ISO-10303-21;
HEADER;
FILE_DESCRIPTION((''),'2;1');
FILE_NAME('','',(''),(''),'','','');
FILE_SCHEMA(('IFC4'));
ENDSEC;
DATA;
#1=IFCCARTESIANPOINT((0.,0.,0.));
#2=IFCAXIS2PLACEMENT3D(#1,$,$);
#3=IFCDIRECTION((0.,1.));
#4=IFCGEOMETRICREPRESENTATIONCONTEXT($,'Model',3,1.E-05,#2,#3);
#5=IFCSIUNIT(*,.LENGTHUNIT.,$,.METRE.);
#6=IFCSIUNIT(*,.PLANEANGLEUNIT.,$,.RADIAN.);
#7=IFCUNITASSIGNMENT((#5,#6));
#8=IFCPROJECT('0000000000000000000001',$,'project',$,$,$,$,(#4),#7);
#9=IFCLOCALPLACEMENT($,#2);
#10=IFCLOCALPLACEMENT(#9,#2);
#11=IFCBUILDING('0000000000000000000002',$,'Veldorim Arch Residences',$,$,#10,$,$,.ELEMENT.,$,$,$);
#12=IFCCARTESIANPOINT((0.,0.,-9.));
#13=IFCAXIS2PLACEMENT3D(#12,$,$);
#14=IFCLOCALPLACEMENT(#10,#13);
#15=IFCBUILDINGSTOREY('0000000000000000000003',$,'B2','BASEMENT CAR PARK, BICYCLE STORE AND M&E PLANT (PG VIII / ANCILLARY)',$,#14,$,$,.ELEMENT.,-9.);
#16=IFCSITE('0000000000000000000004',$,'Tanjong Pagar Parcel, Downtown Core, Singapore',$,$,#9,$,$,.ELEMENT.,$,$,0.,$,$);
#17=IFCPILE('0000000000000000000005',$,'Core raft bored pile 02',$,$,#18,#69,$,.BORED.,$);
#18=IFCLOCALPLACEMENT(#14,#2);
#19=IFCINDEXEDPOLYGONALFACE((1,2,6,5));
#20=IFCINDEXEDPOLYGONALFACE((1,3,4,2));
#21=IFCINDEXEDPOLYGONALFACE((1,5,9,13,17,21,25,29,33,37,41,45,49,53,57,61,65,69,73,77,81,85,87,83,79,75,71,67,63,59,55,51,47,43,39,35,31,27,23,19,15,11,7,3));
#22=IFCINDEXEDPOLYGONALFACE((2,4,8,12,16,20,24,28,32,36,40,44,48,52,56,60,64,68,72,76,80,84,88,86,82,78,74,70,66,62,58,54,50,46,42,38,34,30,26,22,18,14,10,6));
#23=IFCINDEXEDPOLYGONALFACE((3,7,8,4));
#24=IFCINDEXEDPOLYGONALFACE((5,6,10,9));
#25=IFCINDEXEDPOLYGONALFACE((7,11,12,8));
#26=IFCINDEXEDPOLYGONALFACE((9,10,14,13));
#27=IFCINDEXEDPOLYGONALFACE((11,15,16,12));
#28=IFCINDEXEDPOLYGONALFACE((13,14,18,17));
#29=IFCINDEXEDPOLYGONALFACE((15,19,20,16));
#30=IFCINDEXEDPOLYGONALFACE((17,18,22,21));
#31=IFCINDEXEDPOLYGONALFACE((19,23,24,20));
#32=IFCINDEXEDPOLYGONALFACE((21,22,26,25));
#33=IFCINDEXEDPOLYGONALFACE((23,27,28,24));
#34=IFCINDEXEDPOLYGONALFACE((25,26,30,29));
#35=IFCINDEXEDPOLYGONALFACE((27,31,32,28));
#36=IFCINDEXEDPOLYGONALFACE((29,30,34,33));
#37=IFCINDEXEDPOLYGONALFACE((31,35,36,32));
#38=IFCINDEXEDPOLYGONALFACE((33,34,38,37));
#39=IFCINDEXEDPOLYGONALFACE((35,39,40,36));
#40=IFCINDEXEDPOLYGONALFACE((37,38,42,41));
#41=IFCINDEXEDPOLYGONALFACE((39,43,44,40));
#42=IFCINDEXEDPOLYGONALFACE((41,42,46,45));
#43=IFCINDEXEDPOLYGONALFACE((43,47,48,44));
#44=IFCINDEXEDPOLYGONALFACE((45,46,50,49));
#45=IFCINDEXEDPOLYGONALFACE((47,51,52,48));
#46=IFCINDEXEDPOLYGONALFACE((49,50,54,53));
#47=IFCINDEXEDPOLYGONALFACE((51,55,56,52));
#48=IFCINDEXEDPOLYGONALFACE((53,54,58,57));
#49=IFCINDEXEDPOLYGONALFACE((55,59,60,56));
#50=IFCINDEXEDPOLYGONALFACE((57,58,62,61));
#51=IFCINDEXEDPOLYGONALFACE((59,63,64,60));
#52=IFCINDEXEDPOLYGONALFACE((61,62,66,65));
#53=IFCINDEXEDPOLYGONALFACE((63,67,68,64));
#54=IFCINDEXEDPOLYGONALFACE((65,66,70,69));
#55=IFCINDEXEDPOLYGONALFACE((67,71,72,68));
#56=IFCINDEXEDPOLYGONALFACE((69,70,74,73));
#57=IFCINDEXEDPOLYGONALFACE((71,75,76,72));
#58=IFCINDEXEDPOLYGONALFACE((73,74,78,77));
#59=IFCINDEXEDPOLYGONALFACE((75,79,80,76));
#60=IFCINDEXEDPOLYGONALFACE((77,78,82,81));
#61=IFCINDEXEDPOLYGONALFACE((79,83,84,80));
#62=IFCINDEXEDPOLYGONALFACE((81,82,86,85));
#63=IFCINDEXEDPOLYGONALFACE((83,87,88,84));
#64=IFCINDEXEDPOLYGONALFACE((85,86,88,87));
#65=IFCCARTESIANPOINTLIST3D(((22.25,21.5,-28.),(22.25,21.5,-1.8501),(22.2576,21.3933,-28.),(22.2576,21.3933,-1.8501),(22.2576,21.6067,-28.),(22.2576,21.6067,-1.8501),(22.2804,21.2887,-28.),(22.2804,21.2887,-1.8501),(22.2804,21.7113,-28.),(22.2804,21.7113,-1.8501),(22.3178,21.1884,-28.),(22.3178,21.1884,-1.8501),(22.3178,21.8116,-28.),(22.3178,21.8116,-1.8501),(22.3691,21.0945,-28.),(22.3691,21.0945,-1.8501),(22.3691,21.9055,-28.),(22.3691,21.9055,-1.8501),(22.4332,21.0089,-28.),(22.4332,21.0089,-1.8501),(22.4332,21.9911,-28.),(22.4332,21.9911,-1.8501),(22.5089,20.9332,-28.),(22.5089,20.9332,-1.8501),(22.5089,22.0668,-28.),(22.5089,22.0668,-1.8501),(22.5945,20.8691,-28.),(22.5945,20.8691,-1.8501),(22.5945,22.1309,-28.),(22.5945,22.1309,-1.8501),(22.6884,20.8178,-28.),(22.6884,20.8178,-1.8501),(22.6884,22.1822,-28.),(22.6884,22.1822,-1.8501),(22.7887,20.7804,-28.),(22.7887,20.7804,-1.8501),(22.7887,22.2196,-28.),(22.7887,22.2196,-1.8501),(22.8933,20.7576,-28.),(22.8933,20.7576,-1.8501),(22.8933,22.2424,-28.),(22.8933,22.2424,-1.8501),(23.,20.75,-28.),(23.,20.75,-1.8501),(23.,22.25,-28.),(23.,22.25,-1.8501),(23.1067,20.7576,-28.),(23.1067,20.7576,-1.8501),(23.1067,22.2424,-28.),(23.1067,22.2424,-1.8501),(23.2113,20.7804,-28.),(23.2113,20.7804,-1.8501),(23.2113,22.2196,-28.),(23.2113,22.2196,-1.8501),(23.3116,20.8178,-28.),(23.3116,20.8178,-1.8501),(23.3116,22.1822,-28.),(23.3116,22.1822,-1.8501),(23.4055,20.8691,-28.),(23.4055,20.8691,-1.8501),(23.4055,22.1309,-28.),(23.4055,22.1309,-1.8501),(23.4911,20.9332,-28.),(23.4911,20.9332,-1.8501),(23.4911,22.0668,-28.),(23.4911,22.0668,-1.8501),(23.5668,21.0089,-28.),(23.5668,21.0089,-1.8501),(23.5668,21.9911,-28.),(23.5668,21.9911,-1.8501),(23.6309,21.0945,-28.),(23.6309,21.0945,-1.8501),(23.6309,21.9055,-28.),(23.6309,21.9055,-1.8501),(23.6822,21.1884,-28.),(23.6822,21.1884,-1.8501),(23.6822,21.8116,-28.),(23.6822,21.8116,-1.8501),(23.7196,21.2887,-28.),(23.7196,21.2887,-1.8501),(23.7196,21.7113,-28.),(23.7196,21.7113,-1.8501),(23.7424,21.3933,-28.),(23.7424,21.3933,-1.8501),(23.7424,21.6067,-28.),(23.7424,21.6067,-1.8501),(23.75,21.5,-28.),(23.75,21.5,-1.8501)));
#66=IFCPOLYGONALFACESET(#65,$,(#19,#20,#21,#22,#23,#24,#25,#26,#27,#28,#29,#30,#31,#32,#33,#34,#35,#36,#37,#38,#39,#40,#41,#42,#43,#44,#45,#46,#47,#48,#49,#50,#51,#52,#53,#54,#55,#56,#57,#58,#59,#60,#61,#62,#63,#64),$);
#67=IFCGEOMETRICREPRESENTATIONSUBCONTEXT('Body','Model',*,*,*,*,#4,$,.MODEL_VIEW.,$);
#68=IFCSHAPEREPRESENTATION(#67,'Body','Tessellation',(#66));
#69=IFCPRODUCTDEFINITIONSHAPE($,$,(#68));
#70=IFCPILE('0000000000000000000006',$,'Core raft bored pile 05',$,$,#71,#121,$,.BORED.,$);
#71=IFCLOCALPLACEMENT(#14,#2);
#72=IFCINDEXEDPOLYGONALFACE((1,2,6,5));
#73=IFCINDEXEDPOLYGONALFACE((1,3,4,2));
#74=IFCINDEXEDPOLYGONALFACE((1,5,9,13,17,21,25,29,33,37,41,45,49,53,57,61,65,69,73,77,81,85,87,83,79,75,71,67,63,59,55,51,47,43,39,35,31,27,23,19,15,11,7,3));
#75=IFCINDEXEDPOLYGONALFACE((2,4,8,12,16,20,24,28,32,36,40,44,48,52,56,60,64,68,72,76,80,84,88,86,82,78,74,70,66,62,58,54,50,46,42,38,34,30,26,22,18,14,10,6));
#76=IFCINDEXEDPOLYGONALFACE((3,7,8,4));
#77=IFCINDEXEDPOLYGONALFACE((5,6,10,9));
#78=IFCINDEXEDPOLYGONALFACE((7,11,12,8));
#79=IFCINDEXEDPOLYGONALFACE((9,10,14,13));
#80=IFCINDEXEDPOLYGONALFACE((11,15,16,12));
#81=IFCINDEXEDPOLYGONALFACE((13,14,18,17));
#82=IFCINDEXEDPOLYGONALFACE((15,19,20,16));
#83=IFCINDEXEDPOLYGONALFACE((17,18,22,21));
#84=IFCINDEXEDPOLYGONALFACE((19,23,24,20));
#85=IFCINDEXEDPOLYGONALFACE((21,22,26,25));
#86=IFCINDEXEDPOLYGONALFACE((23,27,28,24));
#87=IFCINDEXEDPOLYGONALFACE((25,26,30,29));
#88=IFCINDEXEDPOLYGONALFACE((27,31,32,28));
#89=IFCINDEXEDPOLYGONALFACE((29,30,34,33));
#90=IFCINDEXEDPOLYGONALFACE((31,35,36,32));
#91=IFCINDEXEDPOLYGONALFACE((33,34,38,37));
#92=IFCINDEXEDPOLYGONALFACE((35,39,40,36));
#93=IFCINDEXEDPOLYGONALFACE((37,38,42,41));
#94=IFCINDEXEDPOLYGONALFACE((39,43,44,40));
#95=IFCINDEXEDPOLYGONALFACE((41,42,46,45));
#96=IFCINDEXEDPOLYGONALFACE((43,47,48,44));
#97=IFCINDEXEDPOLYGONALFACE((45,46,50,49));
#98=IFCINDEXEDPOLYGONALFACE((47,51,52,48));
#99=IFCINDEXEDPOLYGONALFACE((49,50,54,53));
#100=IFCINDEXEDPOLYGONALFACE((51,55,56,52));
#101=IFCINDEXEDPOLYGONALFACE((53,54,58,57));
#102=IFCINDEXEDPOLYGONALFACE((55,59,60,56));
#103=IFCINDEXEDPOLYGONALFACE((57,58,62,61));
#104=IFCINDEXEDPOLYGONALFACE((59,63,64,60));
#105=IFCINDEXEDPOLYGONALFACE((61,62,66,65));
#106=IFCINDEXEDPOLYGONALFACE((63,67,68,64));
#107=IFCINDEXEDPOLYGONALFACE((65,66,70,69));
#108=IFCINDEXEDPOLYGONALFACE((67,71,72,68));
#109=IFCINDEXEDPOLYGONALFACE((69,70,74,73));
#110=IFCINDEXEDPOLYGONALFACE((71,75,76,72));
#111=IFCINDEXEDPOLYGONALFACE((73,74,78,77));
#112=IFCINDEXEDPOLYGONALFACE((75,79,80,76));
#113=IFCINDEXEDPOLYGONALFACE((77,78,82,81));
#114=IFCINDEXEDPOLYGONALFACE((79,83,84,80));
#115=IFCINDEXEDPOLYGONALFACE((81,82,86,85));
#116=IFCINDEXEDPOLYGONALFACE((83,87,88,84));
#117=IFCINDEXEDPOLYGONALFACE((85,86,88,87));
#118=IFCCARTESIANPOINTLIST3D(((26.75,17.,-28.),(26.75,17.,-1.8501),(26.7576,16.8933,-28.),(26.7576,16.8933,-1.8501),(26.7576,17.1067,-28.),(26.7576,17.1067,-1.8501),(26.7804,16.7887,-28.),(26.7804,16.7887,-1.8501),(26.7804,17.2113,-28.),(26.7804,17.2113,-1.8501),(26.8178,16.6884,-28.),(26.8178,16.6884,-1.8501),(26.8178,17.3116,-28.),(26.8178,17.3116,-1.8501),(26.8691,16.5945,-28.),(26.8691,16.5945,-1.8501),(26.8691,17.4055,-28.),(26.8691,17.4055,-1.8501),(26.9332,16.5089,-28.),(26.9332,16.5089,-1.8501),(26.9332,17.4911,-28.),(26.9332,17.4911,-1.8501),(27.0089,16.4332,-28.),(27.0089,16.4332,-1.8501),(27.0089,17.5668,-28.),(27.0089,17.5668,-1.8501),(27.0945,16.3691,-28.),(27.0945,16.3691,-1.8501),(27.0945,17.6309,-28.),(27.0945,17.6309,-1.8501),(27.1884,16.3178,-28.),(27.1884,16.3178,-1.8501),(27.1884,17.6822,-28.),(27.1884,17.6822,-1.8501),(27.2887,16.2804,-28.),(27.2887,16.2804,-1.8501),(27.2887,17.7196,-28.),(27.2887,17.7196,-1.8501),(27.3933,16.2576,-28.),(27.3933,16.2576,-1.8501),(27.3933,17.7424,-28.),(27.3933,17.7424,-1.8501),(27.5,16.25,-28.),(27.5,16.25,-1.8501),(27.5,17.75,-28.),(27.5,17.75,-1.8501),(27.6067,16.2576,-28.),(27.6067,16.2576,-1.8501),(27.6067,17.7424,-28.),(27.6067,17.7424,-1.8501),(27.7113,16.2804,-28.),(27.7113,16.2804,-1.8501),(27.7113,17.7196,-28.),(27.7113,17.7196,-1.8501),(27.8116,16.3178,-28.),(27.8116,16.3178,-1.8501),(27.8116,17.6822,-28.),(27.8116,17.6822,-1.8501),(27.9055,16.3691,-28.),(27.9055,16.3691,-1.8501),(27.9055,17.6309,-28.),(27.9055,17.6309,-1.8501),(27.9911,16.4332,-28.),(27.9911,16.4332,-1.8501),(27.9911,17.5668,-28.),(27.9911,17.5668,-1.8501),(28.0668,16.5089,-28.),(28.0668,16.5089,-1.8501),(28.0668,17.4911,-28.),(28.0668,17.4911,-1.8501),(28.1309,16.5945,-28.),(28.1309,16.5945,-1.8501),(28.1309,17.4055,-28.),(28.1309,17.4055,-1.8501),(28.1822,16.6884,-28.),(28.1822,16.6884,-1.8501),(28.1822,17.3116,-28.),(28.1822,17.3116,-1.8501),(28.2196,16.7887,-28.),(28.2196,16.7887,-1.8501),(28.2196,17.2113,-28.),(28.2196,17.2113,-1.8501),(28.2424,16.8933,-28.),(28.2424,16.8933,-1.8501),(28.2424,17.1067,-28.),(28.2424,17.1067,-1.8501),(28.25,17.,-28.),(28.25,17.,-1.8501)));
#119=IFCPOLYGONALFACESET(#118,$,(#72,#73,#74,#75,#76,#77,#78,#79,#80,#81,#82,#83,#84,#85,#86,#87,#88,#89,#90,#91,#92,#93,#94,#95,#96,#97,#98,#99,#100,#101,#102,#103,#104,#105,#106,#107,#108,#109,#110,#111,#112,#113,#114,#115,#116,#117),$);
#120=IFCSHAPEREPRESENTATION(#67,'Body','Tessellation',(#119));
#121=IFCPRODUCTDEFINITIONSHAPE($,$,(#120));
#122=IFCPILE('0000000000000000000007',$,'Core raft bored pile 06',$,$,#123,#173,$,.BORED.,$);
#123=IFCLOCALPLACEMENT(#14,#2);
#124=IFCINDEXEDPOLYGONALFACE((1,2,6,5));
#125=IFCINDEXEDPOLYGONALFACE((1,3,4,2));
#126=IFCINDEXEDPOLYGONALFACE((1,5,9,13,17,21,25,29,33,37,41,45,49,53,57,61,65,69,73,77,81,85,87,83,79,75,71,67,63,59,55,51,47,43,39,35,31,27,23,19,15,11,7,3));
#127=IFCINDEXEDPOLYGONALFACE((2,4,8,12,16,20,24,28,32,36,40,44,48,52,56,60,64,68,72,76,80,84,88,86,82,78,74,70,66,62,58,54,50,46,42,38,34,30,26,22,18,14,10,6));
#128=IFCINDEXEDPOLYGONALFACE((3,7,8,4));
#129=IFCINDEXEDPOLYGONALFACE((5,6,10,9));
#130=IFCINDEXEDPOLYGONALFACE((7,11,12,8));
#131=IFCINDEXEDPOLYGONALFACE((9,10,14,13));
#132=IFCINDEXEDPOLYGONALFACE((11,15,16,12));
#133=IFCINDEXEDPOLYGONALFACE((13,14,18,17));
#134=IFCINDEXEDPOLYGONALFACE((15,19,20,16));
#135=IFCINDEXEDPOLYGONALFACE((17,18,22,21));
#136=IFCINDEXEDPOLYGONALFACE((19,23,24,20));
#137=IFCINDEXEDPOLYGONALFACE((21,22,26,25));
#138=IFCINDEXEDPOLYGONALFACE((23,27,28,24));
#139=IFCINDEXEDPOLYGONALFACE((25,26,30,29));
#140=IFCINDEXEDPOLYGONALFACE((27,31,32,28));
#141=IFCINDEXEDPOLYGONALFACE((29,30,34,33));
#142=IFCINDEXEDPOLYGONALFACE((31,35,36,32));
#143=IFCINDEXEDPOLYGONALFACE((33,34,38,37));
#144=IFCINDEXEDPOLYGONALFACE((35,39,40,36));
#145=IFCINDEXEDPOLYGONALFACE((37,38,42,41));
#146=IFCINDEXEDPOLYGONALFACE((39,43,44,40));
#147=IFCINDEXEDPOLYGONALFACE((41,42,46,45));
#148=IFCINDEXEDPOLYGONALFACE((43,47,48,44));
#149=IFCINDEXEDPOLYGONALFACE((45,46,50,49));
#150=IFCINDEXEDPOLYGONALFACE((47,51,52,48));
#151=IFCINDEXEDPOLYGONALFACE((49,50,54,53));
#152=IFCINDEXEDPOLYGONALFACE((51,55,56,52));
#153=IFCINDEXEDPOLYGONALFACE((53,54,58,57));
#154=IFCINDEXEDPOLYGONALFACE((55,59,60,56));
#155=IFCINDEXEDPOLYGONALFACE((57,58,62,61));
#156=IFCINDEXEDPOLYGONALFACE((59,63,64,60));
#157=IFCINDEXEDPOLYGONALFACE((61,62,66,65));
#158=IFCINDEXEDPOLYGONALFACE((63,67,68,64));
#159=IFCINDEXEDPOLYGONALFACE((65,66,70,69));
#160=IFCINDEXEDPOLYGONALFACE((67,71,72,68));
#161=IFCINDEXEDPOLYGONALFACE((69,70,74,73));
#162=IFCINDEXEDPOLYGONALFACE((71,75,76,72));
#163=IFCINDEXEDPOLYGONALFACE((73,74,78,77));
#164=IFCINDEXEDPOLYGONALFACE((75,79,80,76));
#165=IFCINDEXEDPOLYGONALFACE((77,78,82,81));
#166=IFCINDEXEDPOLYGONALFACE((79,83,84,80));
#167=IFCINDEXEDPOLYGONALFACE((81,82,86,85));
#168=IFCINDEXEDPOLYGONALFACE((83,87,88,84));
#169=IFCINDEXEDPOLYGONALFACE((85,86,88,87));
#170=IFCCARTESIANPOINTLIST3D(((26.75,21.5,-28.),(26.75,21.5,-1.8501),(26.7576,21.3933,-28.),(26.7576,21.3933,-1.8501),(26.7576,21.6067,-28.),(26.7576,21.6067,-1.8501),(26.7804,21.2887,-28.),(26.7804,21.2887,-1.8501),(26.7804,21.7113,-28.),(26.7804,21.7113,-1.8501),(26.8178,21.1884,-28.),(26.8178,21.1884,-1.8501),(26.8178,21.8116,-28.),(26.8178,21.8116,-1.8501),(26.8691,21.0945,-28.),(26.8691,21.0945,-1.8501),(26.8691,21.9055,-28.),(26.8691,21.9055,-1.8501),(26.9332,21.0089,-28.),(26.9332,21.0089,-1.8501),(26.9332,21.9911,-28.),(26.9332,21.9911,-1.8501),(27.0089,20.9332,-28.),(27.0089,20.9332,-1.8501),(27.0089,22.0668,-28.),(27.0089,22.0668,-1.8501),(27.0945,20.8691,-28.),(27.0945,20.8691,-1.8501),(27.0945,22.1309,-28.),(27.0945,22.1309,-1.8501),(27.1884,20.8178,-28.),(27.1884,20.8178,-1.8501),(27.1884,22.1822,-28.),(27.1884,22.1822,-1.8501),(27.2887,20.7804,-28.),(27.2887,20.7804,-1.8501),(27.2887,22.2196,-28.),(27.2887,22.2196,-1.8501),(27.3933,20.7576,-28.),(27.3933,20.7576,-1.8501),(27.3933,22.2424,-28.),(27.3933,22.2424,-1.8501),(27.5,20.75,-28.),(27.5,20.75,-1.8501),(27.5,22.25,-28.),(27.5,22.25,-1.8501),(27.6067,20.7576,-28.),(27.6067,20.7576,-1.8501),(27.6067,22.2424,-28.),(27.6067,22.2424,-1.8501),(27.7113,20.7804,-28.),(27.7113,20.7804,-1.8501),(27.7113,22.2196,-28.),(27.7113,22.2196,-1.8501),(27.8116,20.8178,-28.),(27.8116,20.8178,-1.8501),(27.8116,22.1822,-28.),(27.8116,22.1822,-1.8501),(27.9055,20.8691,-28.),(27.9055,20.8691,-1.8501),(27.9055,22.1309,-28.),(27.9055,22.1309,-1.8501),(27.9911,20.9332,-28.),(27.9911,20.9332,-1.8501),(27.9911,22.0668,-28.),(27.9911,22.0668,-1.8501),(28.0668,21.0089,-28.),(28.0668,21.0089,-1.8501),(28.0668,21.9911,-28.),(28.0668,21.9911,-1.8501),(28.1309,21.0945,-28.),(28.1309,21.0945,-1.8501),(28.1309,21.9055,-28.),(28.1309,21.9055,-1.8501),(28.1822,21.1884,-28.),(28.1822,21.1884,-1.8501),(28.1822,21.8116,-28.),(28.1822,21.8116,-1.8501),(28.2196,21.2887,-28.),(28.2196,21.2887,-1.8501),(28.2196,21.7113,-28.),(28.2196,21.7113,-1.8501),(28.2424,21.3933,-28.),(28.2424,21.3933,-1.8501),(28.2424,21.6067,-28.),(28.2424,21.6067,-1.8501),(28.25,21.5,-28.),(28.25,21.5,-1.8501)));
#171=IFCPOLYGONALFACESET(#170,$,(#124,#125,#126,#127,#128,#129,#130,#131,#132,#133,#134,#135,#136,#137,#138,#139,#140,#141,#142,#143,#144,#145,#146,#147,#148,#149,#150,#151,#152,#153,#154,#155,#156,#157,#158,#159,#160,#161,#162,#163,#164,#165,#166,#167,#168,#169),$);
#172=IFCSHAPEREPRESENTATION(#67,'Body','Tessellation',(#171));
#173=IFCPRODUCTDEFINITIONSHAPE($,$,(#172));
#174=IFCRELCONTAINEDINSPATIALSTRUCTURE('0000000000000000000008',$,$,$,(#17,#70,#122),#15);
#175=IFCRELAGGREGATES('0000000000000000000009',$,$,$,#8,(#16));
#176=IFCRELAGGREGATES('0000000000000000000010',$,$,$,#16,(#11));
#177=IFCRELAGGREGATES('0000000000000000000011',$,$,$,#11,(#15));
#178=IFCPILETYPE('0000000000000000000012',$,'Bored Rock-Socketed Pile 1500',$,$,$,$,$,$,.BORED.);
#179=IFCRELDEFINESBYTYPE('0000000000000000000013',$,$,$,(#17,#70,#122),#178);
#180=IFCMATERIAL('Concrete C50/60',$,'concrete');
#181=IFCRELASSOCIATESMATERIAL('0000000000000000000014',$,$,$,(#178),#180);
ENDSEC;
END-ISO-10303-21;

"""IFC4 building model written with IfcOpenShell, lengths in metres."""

from ifc_helpers import new_model, si_unit, direction, frame, origin, origin_2d, place, context, subcontext, project, spatial, circle, extrude, material, material_profile, profile_set, type_object, element, save


model = new_model("IFC4")

# Units and contexts
model_context = context("Model", 3, precision=1e-05, world=origin(), true_north=direction((0.0, 1.0)))
body_context = subcontext(model_context, "Body", "Model", "MODEL_VIEW")
ifc_project = project(units=[si_unit("LENGTHUNIT", "METRE"), si_unit("PLANEANGLEUNIT", "RADIAN")], contexts=[model_context])

# Site, building, storey
site_placement = place(None, origin())
site = spatial("IfcSite", under=ifc_project, at=site_placement, Name="Tanjong Pagar Parcel, Downtown Core, Singapore", CompositionType="ELEMENT", RefElevation=0.0)
building_placement = place(site_placement, origin())
building = spatial("IfcBuilding", under=site, at=building_placement, Name="Veldorim Arch Residences", CompositionType="ELEMENT")
storey_placement = place(building_placement, frame((0.0, 0.0, -9.0)))
storey = spatial("IfcBuildingStorey", under=building, at=storey_placement, Name="B2", Description="BASEMENT CAR PARK, BICYCLE STORE AND M&E PLANT (PG VIII / ANCILLARY)", CompositionType="ELEMENT", Elevation=-9.0)

# Piles
ifc_material_1 = material(Name="Concrete C50/60", Category="concrete")
ifc_material_profile_1 = material_profile(ifc_material_1, circle(Radius=0.75, at=origin_2d()), Name="PILE_1500")
ifc_profile_set_1 = profile_set([ifc_material_profile_1], Name="Concrete C50/60")
pile_type_1 = type_object("IfcPileType", Name="Bored Rock-Socketed Pile 1500", PredefinedType="BORED", material=ifc_profile_set_1)
for number, where, z_axis, x_axis, name in (
    (1, (23.0, 21.5, -1.8501), (0.0, 0.0, -1.0), (1.0, 0.0, 0.0), "Core raft bored pile 02"),
    (2, (27.5, 17.0, -1.8501), (0.0, 0.0, -1.0), (1.0, 0.0, 0.0), "Core raft bored pile 05"),
    (3, (27.5, 21.5, -1.8501), (0.0, 0.0, -1.0), (1.0, 0.0, 0.0), "Core raft bored pile 06"),
):
    element("IfcPile", number, at=place(storey_placement, frame(where, z_axis=z_axis, x_axis=x_axis)), inside=storey, type_object=pile_type_1, Name=name, PredefinedType="BORED", context=body_context, shape_type="SweptSolid", body=[
        extrude(circle(Radius=0.75, at=origin_2d()), origin(), (0.0, 0.0, 1.0), 26.1499),
    ])

save(model, "model.ifc")
